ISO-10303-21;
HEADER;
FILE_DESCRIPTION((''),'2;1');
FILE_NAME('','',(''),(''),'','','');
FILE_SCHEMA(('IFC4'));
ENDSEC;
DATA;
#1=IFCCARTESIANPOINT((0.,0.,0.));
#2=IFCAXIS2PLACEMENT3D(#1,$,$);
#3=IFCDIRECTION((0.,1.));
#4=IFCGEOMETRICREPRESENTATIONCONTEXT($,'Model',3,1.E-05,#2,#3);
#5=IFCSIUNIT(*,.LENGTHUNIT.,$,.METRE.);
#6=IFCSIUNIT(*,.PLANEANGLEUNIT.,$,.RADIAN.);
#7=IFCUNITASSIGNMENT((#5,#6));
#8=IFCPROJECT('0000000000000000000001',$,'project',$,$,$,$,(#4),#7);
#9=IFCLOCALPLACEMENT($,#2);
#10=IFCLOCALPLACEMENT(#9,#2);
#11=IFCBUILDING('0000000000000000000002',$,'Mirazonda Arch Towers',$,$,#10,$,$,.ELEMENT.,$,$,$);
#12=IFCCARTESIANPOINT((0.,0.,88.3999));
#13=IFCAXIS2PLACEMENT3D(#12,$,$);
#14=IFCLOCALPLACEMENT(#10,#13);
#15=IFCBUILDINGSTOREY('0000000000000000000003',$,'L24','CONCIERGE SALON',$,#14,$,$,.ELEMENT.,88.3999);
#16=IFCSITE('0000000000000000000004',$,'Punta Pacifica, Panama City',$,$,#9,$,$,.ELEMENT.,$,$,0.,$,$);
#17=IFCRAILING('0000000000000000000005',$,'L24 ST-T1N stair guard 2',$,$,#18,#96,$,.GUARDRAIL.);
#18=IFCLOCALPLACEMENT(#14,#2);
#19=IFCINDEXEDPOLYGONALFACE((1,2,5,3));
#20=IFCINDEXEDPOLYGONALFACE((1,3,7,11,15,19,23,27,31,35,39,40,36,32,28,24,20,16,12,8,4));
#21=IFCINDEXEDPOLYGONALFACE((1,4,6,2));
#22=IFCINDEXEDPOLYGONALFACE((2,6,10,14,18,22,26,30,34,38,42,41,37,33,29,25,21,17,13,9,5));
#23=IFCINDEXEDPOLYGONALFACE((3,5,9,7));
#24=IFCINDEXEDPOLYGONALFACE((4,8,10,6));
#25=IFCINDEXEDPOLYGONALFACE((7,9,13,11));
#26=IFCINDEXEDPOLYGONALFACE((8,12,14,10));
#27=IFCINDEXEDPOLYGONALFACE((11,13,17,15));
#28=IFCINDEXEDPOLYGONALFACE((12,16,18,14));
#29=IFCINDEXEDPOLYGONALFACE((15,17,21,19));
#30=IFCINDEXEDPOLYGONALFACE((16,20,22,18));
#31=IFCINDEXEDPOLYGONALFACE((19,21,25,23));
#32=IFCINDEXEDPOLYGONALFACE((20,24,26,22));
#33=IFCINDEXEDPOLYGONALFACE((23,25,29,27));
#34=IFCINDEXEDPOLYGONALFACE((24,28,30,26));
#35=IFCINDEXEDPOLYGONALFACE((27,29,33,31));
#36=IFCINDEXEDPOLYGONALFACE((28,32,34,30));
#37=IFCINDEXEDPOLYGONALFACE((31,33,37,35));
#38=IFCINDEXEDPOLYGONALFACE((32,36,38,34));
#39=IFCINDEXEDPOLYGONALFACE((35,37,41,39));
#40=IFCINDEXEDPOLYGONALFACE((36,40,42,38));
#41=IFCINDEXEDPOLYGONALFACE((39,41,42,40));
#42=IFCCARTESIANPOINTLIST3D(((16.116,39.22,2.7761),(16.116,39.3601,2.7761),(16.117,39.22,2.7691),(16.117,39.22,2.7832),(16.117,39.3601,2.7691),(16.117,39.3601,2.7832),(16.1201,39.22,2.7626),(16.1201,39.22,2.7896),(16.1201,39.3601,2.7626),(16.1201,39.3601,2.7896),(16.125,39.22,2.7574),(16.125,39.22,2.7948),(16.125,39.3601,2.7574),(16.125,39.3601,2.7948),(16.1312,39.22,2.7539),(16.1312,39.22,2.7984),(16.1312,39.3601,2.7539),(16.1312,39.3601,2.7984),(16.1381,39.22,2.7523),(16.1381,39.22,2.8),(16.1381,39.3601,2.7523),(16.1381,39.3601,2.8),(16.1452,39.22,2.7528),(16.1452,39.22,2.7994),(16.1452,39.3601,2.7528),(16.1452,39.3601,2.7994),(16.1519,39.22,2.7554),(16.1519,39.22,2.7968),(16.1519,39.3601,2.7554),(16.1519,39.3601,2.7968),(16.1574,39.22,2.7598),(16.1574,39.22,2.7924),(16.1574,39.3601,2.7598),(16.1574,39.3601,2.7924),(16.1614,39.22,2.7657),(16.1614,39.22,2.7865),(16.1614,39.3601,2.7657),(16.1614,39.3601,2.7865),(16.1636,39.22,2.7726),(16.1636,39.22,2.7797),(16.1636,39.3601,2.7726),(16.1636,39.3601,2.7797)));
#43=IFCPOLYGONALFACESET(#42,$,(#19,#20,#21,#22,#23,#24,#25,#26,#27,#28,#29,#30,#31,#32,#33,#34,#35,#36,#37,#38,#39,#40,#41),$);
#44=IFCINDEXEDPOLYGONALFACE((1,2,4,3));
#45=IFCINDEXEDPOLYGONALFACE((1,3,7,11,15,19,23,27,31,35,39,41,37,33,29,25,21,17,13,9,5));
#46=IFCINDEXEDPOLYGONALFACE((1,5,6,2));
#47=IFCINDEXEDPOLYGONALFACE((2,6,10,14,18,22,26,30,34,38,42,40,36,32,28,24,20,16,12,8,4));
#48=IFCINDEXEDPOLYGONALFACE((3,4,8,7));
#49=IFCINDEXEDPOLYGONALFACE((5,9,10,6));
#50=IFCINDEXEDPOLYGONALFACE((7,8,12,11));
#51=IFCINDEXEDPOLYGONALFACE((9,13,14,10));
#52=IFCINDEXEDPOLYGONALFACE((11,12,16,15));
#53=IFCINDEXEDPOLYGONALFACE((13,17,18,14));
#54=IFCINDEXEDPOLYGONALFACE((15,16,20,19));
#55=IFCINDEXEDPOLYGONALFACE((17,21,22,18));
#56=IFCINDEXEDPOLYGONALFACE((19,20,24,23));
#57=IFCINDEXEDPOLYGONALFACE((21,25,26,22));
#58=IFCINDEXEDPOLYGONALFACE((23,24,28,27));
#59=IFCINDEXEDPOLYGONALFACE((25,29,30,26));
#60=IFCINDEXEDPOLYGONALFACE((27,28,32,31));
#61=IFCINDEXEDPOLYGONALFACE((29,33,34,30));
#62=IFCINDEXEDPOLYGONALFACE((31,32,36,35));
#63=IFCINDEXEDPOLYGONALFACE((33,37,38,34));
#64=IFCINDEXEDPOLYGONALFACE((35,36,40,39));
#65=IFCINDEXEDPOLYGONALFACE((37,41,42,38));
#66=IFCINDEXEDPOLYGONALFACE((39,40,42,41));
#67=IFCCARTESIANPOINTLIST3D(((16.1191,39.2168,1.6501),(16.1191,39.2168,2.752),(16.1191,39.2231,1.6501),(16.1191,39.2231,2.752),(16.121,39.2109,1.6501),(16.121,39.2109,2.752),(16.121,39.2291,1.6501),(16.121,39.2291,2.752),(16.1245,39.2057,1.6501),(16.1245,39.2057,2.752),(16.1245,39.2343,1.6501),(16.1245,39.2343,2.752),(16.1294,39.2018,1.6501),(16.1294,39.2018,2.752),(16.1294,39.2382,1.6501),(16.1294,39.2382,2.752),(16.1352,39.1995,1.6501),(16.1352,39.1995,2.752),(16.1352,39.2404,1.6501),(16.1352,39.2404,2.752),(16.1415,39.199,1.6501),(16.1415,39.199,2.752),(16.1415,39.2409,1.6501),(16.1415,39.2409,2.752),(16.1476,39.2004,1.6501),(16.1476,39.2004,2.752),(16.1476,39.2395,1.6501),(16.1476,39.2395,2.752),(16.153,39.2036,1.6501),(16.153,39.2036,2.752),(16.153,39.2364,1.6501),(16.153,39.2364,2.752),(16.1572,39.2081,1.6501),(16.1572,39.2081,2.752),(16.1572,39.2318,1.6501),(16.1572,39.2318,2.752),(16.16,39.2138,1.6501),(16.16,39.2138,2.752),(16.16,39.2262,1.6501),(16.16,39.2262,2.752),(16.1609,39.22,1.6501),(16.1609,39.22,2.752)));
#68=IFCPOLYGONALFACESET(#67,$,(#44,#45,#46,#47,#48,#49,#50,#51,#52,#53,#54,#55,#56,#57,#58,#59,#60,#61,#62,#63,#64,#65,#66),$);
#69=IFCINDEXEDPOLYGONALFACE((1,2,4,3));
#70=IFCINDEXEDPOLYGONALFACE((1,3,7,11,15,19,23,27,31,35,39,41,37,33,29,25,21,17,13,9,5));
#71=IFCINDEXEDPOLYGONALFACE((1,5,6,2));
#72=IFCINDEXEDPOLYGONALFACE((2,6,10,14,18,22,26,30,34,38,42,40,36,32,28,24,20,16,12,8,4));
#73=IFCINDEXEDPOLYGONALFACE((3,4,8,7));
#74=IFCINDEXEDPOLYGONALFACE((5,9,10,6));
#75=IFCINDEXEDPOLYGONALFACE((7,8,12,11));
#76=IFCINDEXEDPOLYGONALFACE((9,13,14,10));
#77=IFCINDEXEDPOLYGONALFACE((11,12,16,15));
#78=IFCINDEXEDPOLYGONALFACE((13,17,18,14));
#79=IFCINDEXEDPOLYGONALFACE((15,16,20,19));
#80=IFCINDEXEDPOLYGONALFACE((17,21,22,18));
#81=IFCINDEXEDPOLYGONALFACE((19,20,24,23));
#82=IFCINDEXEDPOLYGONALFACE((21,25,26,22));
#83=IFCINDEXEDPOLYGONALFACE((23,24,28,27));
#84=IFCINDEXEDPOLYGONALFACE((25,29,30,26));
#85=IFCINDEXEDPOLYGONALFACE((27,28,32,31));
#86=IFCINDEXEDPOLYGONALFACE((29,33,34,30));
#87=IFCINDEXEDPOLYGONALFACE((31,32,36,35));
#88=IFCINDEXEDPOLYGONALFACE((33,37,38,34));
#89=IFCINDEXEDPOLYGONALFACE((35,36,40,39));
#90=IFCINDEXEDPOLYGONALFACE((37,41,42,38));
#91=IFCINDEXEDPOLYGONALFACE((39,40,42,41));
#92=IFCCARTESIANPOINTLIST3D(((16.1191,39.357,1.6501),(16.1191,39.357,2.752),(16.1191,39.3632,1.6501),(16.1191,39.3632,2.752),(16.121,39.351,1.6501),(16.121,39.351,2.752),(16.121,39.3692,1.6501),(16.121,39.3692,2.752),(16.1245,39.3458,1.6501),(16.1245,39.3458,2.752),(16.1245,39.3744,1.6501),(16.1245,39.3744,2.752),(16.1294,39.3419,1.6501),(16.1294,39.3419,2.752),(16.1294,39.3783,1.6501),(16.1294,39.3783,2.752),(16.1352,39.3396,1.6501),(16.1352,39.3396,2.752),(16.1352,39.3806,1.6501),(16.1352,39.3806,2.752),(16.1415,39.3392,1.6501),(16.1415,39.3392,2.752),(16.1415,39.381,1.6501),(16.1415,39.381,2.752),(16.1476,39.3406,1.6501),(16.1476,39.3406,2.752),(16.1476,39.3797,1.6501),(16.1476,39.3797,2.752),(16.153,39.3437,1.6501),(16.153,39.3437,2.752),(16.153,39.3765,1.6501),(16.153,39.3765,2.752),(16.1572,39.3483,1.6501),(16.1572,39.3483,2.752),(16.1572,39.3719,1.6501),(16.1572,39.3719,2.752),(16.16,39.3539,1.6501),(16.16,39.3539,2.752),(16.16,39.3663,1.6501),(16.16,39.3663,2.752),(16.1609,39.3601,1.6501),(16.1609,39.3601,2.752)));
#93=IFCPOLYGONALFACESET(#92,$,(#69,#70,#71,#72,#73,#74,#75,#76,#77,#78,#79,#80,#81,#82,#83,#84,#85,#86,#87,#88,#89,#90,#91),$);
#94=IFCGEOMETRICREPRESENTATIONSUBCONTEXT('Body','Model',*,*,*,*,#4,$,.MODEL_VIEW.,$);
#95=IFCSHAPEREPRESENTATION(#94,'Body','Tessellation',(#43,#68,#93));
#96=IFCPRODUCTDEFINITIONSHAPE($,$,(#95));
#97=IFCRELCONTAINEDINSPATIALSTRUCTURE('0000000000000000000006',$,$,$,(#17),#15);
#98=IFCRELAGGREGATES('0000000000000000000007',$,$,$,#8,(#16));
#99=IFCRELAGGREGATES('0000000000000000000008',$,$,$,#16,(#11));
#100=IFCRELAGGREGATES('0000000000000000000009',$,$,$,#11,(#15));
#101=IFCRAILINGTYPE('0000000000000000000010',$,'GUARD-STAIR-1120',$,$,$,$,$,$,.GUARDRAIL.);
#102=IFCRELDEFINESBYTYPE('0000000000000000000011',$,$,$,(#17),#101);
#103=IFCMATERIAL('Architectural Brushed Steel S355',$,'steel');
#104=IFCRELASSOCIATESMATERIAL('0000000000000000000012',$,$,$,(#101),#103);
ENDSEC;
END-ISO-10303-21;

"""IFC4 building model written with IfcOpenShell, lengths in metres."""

from ifc_helpers import new_model, si_unit, direction, frame, origin, origin_2d, place, context, subcontext, project, spatial, circle, extrude, material, type_object, element, save


model = new_model("IFC4")

# Units and contexts
model_context = context("Model", 3, precision=1e-05, world=origin(), true_north=direction((0.0, 1.0)))
body_context = subcontext(model_context, "Body", "Model", "MODEL_VIEW")
ifc_project = project(units=[si_unit("LENGTHUNIT", "METRE"), si_unit("PLANEANGLEUNIT", "RADIAN")], contexts=[model_context])

# Site, building, storey
site_placement = place(None, origin())
site = spatial("IfcSite", under=ifc_project, at=site_placement, Name="Punta Pacifica, Panama City", CompositionType="ELEMENT", RefElevation=0.0)
building_placement = place(site_placement, origin())
building = spatial("IfcBuilding", under=site, at=building_placement, Name="Mirazonda Arch Towers", CompositionType="ELEMENT")
storey_placement = place(building_placement, frame((0.0, 0.0, 88.3999)))
storey = spatial("IfcBuildingStorey", under=building, at=storey_placement, Name="L24", Description="CONCIERGE SALON", CompositionType="ELEMENT", Elevation=88.3999)

# Railing
ifc_material_1 = material(Name="Architectural Brushed Steel S355", Category="steel")
railing_type_1 = type_object("IfcRailingType", Name="GUARD-STAIR-1120", PredefinedType="GUARDRAIL", material=ifc_material_1)
railing_1_placement = place(storey_placement, frame((16.1399, 39.22, 1.6501)))
element("IfcRailing", 1, at=railing_1_placement, inside=storey, type_object=railing_type_1, Name="L24 ST-T1N stair guard 2", PredefinedType="GUARDRAIL", context=body_context, shape_type="SweptSolid", body=[
    extrude(circle(Radius=0.0239, at=origin_2d()), frame((0.0, 0.0, 1.126), z_axis=(0.0, 1.0, 0.0), x_axis=(-1.0, 0.0, 0.0)), (0.0, 0.0, 1.0), 0.1401),
    extrude(circle(Radius=0.021, at=origin_2d()), origin(), (0.0, 0.0, 1.0), 1.1018),
    extrude(circle(Radius=0.021, at=origin_2d()), frame((0.0, 0.1401, 0.0)), (0.0, 0.0, 1.0), 1.1018),
])

save(model, "model.ifc")
